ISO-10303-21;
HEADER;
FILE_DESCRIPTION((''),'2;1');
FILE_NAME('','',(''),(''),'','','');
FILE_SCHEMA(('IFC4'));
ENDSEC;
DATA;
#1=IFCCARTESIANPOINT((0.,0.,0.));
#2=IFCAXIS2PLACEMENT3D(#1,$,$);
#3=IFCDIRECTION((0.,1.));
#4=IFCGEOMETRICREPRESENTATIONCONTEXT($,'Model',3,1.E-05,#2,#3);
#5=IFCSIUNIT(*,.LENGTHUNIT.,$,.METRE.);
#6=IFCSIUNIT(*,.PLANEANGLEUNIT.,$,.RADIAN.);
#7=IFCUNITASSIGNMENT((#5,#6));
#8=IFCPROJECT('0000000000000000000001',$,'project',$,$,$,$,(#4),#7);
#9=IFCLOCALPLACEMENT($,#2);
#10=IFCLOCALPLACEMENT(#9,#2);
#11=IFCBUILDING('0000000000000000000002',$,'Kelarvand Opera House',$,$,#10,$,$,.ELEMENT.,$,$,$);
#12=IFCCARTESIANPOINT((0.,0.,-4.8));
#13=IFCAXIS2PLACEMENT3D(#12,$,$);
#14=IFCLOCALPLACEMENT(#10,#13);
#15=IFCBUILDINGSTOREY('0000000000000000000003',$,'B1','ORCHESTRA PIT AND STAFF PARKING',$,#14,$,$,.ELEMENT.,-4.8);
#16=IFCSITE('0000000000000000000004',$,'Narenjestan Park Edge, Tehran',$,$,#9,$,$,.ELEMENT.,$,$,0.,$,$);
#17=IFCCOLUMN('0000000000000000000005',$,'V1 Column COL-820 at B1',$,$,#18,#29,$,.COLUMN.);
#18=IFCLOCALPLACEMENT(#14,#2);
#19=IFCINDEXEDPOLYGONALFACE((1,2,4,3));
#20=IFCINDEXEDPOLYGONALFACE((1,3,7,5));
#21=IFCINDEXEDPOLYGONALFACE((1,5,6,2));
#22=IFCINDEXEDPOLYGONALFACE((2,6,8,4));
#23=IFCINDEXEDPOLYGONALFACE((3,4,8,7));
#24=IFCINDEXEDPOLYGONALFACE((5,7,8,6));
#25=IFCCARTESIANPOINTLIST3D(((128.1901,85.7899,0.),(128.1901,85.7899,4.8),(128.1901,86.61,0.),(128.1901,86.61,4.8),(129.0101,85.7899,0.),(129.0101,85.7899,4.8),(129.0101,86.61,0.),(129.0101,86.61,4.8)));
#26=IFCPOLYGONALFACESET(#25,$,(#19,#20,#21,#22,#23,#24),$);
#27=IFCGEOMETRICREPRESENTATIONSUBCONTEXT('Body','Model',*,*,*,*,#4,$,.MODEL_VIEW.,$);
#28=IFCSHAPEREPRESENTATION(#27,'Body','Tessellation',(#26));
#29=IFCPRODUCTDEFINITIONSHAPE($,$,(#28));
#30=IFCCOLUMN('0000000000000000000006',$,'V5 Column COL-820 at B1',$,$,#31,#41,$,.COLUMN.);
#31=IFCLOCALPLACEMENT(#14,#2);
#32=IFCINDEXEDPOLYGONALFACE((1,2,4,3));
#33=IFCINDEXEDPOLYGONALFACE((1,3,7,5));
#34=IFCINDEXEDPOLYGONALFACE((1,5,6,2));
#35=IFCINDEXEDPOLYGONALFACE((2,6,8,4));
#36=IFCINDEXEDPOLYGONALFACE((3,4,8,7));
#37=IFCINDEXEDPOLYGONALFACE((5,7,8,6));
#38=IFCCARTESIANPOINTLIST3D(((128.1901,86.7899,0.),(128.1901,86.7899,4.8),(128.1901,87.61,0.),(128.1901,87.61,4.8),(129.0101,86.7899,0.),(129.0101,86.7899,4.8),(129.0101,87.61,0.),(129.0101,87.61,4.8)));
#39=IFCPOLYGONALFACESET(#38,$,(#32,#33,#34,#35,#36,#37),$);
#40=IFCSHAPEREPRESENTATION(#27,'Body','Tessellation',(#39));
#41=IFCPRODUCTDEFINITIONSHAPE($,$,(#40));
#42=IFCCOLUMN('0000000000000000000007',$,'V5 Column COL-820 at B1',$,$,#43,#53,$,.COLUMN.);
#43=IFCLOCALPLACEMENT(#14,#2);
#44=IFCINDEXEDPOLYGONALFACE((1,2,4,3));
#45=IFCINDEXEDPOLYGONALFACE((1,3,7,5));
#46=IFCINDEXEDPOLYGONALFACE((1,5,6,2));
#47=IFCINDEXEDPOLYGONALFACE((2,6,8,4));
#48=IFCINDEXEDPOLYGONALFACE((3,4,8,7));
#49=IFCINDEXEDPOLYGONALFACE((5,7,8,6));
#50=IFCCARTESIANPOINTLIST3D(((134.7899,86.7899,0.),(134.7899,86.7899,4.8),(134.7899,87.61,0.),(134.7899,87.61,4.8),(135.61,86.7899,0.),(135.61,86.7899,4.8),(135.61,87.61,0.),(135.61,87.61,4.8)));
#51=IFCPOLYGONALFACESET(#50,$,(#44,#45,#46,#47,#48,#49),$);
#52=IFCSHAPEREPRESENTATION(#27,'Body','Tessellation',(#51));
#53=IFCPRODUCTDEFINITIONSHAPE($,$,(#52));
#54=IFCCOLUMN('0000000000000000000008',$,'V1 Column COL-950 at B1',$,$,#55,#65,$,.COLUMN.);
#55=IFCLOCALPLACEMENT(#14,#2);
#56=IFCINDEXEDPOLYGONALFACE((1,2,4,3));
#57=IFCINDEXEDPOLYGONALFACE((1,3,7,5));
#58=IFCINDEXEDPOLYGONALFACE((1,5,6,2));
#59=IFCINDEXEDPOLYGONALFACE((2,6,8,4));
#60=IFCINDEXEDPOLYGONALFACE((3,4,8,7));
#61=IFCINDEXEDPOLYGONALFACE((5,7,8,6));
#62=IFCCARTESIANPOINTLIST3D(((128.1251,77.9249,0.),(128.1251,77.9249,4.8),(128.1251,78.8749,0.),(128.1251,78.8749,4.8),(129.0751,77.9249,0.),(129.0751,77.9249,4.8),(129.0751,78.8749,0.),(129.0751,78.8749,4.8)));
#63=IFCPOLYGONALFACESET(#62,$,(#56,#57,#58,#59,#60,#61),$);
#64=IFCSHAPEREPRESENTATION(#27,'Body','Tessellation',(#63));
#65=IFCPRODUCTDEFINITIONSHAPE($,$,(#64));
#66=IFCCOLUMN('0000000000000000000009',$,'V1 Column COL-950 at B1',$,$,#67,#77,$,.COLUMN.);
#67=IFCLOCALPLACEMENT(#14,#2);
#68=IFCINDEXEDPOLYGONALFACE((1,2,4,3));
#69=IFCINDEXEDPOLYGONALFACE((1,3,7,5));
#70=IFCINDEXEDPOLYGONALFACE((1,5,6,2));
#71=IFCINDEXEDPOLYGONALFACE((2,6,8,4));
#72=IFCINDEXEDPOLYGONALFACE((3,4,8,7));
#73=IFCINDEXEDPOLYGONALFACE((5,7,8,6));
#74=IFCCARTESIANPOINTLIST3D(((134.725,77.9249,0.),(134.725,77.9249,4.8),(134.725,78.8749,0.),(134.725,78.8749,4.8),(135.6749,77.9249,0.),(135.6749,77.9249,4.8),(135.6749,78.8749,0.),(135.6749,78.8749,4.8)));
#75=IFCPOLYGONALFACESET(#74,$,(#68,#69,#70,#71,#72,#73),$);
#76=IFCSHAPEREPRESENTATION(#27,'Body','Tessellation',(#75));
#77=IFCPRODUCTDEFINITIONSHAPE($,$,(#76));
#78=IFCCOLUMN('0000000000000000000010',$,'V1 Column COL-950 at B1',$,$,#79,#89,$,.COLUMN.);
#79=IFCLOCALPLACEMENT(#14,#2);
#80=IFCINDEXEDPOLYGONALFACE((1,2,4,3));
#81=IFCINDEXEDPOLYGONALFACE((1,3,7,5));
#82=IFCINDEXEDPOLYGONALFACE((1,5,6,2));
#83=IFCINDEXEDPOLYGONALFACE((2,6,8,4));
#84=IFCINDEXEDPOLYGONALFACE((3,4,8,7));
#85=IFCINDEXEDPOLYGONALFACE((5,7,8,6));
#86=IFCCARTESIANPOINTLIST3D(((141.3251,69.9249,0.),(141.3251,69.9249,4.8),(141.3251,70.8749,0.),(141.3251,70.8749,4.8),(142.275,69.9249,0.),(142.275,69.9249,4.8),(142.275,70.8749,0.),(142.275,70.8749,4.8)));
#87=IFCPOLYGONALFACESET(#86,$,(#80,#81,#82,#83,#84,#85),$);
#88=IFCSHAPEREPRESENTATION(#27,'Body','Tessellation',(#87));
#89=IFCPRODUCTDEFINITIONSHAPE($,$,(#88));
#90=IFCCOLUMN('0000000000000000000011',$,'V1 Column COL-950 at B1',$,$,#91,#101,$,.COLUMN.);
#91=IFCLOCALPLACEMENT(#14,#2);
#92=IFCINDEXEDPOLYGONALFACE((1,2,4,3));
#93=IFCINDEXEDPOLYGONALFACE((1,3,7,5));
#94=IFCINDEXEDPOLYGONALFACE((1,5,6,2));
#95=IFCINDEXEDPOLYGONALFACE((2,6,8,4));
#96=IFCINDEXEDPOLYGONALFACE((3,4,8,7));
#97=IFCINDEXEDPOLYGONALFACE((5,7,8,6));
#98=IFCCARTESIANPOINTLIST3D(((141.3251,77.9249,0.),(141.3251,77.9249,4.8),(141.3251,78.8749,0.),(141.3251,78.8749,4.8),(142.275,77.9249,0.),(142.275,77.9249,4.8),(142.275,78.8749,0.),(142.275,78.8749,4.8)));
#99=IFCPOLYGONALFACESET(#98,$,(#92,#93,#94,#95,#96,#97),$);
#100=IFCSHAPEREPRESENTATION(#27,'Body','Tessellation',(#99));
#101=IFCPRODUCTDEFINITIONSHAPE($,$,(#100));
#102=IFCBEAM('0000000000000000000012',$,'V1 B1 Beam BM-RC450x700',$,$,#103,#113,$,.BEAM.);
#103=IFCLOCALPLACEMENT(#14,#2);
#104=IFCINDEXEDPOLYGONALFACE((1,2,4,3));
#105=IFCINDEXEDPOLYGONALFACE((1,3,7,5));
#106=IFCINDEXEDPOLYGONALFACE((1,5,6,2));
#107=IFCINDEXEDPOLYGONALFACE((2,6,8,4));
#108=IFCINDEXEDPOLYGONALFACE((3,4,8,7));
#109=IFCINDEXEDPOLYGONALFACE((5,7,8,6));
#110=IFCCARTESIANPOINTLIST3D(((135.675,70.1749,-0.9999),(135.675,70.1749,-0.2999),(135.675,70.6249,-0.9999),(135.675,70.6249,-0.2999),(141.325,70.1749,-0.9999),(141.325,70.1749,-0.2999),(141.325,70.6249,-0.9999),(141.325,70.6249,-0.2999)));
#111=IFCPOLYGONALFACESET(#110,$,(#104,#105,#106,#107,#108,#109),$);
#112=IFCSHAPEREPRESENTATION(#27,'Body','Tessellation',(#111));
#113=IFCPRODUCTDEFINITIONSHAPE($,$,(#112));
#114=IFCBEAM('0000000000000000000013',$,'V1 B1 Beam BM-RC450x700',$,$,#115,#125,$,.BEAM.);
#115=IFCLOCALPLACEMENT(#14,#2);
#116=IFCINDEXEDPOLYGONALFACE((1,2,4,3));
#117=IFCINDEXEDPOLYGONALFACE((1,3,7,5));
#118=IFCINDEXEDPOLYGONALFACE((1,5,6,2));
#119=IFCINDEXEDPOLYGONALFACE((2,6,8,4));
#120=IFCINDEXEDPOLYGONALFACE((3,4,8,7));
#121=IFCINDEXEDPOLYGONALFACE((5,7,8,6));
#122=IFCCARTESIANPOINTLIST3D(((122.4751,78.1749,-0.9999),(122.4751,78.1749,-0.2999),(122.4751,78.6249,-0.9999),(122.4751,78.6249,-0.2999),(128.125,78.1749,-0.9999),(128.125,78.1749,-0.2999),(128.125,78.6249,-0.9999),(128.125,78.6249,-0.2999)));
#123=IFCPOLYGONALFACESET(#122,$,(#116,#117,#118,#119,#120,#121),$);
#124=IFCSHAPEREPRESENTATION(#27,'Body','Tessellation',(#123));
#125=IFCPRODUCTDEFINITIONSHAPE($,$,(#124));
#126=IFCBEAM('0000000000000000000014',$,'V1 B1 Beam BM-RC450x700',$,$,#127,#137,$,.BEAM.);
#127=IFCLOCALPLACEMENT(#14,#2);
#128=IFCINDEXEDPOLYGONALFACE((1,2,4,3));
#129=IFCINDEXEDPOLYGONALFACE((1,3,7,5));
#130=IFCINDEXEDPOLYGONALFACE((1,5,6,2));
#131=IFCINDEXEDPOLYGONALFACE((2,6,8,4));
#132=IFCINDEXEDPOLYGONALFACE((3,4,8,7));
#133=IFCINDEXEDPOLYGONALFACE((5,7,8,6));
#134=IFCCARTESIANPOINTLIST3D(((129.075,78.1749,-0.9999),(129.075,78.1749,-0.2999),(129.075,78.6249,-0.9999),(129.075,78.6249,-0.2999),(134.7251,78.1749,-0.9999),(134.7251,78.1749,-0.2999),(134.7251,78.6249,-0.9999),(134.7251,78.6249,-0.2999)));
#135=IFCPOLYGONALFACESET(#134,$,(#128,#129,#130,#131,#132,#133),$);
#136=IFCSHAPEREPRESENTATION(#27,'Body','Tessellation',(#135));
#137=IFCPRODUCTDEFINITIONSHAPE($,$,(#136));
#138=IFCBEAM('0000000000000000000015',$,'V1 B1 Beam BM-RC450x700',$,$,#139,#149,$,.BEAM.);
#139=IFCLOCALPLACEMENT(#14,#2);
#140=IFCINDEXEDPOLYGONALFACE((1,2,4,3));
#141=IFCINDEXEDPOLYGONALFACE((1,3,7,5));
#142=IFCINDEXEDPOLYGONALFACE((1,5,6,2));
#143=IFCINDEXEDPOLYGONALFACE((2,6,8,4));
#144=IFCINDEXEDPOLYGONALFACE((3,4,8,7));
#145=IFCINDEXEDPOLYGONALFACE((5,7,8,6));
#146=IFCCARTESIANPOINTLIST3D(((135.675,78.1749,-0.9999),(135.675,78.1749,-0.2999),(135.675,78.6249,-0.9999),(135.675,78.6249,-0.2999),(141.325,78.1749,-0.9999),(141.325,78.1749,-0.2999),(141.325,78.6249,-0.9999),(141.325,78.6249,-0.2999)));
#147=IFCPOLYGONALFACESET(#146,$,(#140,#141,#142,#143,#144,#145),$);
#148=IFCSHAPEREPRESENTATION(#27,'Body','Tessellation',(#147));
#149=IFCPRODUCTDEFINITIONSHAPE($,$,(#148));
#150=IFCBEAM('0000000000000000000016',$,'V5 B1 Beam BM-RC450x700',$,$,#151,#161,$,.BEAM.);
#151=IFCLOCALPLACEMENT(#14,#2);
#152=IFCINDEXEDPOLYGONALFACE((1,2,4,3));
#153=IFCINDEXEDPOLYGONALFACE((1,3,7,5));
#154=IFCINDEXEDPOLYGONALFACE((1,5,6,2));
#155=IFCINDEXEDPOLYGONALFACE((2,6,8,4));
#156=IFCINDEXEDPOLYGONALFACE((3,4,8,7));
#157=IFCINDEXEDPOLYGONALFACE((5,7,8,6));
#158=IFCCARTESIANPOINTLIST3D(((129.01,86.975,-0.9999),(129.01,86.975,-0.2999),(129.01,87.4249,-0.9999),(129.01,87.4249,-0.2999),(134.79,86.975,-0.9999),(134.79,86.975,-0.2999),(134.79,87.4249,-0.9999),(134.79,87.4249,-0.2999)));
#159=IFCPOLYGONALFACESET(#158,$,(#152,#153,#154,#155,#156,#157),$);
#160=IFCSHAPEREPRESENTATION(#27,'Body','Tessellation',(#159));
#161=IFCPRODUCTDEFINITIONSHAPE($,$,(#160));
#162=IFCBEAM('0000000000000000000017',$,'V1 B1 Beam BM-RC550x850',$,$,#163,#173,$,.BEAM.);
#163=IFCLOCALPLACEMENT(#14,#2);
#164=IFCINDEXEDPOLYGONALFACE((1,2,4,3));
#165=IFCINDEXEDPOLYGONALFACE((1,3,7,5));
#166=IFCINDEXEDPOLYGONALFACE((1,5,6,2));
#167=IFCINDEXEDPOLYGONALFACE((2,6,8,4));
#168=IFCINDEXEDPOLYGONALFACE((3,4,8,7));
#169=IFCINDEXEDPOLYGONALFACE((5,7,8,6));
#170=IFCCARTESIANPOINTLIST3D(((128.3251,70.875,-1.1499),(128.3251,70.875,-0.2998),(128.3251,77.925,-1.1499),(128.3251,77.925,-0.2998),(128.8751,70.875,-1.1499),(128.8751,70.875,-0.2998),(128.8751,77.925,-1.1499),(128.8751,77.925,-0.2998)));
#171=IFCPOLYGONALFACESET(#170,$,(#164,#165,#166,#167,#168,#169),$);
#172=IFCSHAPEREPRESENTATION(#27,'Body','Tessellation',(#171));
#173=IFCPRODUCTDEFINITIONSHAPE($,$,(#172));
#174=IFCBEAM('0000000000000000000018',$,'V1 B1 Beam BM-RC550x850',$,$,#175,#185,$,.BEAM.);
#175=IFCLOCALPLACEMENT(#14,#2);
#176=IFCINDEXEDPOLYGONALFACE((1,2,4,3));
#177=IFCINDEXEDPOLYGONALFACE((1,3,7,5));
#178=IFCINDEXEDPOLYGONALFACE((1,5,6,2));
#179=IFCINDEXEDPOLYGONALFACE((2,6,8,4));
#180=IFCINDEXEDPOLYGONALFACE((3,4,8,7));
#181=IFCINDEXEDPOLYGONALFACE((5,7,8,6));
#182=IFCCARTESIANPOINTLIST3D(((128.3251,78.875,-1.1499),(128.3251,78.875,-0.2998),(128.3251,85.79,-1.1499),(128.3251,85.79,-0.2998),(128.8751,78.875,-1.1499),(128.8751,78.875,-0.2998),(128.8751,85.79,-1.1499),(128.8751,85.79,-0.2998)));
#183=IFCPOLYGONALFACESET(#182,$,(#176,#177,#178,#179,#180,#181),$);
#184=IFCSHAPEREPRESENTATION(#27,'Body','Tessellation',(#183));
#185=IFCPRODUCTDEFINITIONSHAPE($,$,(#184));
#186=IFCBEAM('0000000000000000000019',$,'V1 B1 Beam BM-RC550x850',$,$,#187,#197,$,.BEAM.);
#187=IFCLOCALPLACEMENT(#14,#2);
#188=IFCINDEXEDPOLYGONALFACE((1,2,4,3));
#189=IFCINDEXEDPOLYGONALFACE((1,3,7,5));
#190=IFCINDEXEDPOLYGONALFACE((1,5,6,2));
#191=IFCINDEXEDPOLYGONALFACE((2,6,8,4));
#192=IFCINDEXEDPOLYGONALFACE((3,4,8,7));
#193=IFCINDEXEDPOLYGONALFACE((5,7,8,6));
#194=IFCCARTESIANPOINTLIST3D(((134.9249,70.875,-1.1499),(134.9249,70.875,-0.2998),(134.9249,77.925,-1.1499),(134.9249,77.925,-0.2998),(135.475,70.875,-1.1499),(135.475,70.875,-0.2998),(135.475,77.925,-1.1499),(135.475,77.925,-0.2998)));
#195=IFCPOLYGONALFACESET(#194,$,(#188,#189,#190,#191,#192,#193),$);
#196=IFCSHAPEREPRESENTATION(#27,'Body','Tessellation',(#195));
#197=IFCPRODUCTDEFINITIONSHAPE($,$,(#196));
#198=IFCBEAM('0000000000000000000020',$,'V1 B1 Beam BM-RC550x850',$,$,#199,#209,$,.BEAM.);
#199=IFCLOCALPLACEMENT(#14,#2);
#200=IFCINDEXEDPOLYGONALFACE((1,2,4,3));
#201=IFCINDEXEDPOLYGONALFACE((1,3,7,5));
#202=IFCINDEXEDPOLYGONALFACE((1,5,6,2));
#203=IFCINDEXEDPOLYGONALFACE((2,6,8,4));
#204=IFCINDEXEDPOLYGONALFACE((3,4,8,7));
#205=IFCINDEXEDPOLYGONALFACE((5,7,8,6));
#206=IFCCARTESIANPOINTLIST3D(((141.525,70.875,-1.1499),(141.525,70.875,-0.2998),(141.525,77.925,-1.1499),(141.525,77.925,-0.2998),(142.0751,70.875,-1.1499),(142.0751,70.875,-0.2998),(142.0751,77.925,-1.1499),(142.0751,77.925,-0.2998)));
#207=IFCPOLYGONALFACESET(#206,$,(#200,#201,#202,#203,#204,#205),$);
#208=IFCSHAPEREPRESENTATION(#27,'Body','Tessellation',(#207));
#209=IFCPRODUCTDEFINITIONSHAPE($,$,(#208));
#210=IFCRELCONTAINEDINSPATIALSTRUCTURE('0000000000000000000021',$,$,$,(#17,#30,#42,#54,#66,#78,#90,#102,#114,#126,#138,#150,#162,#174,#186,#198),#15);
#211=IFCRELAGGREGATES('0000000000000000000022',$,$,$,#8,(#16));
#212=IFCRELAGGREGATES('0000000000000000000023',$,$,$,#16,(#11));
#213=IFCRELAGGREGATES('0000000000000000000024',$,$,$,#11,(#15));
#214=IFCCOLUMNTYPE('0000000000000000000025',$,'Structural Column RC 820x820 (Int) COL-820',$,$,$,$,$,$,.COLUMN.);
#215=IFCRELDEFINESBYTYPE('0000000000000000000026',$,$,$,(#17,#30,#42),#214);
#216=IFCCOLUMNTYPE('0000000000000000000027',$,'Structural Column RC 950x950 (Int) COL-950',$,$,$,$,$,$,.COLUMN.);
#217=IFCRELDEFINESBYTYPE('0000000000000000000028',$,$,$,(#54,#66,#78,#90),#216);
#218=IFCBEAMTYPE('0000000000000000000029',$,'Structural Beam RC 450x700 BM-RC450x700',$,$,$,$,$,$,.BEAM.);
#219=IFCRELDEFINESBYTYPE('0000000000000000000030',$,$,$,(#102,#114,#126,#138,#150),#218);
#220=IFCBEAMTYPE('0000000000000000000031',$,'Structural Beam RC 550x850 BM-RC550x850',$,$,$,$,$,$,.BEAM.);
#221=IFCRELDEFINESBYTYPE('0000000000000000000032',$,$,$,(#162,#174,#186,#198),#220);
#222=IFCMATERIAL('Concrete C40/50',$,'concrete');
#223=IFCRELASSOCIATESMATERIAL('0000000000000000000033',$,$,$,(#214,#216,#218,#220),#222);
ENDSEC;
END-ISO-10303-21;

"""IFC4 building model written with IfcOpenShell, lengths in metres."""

from ifc_helpers import new_model, si_unit, direction, frame, origin, origin_2d, place, context, subcontext, project, spatial, rectangle, extrude, material, material_profile, profile_set, type_object, element, save


model = new_model("IFC4")

# Units and contexts
model_context = context("Model", 3, precision=1e-05, world=origin(), true_north=direction((0.0, 1.0)))
body_context = subcontext(model_context, "Body", "Model", "MODEL_VIEW")
ifc_project = project(units=[si_unit("LENGTHUNIT", "METRE"), si_unit("PLANEANGLEUNIT", "RADIAN")], contexts=[model_context])

# Site, building, storey
site_placement = place(None, origin())
site = spatial("IfcSite", under=ifc_project, at=site_placement, Name="Narenjestan Park Edge, Tehran", CompositionType="ELEMENT", RefElevation=0.0)
building_placement = place(site_placement, origin())
building = spatial("IfcBuilding", under=site, at=building_placement, Name="Kelarvand Opera House", CompositionType="ELEMENT")
storey_placement = place(building_placement, frame((0.0, 0.0, -4.8)))
storey = spatial("IfcBuildingStorey", under=building, at=storey_placement, Name="B1", Description="ORCHESTRA PIT AND STAFF PARKING", CompositionType="ELEMENT", Elevation=-4.8)

# Columns
ifc_material_1 = material(Name="Concrete C40/50", Category="concrete")
ifc_material_profile_1 = material_profile(ifc_material_1, rectangle(XDim=0.8201, YDim=0.8201, at=origin_2d()), Name="RC 820x820", Category="concrete")
ifc_profile_set_1 = profile_set([ifc_material_profile_1], Name="Concrete C40/50")
column_type_1 = type_object("IfcColumnType", Name="Structural Column RC 820x820 (Int) COL-820", PredefinedType="COLUMN", material=ifc_profile_set_1)
for number, where, z_axis, x_axis, name in (
    (1, (128.6001, 86.2, 0.0), (0.0, 0.0, 1.0), (1.0, 0.0, 0.0), "V1 Column COL-820 at B1"),
    (2, (128.6001, 87.2, 0.0), (0.0, 0.0, 1.0), (1.0, 0.0, 0.0), "V5 Column COL-820 at B1"),
    (3, (135.2, 87.2, 0.0), (0.0, 0.0, 1.0), (1.0, 0.0, 0.0), "V5 Column COL-820 at B1"),
):
    element("IfcColumn", number, at=place(storey_placement, frame(where, z_axis=z_axis, x_axis=x_axis)), inside=storey, type_object=column_type_1, Name=name, PredefinedType="COLUMN", context=body_context, shape_type="SweptSolid", body=[
        extrude(rectangle(XDim=0.8201, YDim=0.8201, at=origin_2d()), origin(), (0.0, 0.0, 1.0), 4.8),
    ])
ifc_material_profile_2 = material_profile(ifc_material_1, rectangle(XDim=0.95, YDim=0.95, at=origin_2d()), Name="RC 950x950", Category="concrete")
ifc_profile_set_2 = profile_set([ifc_material_profile_2], Name="Concrete C40/50")
column_type_2 = type_object("IfcColumnType", Name="Structural Column RC 950x950 (Int) COL-950", PredefinedType="COLUMN", material=ifc_profile_set_2)
for number, where, z_axis, x_axis, name in (
    (4, (128.6001, 78.3999, 0.0), (0.0, 0.0, 1.0), (1.0, 0.0, 0.0), "V1 Column COL-950 at B1"),
    (5, (135.2, 78.3999, 0.0), (0.0, 0.0, 1.0), (1.0, 0.0, 0.0), "V1 Column COL-950 at B1"),
    (6, (141.8, 70.3999, 0.0), (0.0, 0.0, 1.0), (1.0, 0.0, 0.0), "V1 Column COL-950 at B1"),
    (7, (141.8, 78.3999, 0.0), (0.0, 0.0, 1.0), (1.0, 0.0, 0.0), "V1 Column COL-950 at B1"),
):
    element("IfcColumn", number, at=place(storey_placement, frame(where, z_axis=z_axis, x_axis=x_axis)), inside=storey, type_object=column_type_2, Name=name, PredefinedType="COLUMN", context=body_context, shape_type="SweptSolid", body=[
        extrude(rectangle(XDim=0.95, YDim=0.95, at=origin_2d()), origin(), (0.0, 0.0, 1.0), 4.8),
    ])

# Beams
ifc_material_profile_3 = material_profile(ifc_material_1, rectangle(XDim=0.45, YDim=0.7, at=origin_2d()), Name="RC 450x700", Category="concrete")
ifc_profile_set_3 = profile_set([ifc_material_profile_3], Name="Concrete C40/50")
beam_type_1 = type_object("IfcBeamType", Name="Structural Beam RC 450x700 BM-RC450x700", PredefinedType="BEAM", material=ifc_profile_set_3)
for number, where, z_axis, x_axis, name in (
    (8, (135.675, 70.3999, -0.6499), (1.0, 0.0, 0.0), (0.0, 1.0, 0.0), "V1 B1 Beam BM-RC450x700"),
    (9, (122.4751, 78.3999, -0.6499), (1.0, 0.0, 0.0), (0.0, 1.0, 0.0), "V1 B1 Beam BM-RC450x700"),
):
    element("IfcBeam", number, at=place(storey_placement, frame(where, z_axis=z_axis, x_axis=x_axis)), inside=storey, type_object=beam_type_1, Name=name, PredefinedType="BEAM", context=body_context, shape_type="SweptSolid", body=[
        extrude(rectangle(XDim=0.45, YDim=0.7, at=origin_2d()), origin(), (0.0, 0.0, 1.0), 5.6499),
    ])
beam_1_placement = place(storey_placement, frame((129.075, 78.3999, -0.6499), z_axis=(1.0, 0.0, 0.0), x_axis=(0.0, 1.0, 0.0)))
element("IfcBeam", 10, at=beam_1_placement, inside=storey, type_object=beam_type_1, Name="V1 B1 Beam BM-RC450x700", PredefinedType="BEAM", context=body_context, shape_type="SweptSolid", body=[
    extrude(rectangle(XDim=0.45, YDim=0.7, at=origin_2d()), origin(), (0.0, 0.0, 1.0), 5.6501),
])
beam_2_placement = place(storey_placement, frame((135.675, 78.3999, -0.6499), z_axis=(1.0, 0.0, 0.0), x_axis=(0.0, 1.0, 0.0)))
element("IfcBeam", 11, at=beam_2_placement, inside=storey, type_object=beam_type_1, Name="V1 B1 Beam BM-RC450x700", PredefinedType="BEAM", context=body_context, shape_type="SweptSolid", body=[
    extrude(rectangle(XDim=0.45, YDim=0.7, at=origin_2d()), origin(), (0.0, 0.0, 1.0), 5.6499),
])
beam_3_placement = place(storey_placement, frame((129.01, 87.2, -0.6499), z_axis=(1.0, 0.0, 0.0), x_axis=(0.0, 1.0, 0.0)))
element("IfcBeam", 12, at=beam_3_placement, inside=storey, type_object=beam_type_1, Name="V5 B1 Beam BM-RC450x700", PredefinedType="BEAM", context=body_context, shape_type="SweptSolid", body=[
    extrude(rectangle(XDim=0.45, YDim=0.7, at=origin_2d()), origin(), (0.0, 0.0, 1.0), 5.78),
])
ifc_material_profile_4 = material_profile(ifc_material_1, rectangle(XDim=0.55, YDim=0.8501, at=origin_2d()), Name="RC 550x850", Category="concrete")
ifc_profile_set_4 = profile_set([ifc_material_profile_4], Name="Concrete C40/50")
beam_type_2 = type_object("IfcBeamType", Name="Structural Beam RC 550x850 BM-RC550x850", PredefinedType="BEAM", material=ifc_profile_set_4)
beam_4_placement = place(storey_placement, frame((128.6001, 70.875, -0.7249), z_axis=(0.0, 1.0, 0.0), x_axis=(-1.0, 0.0, 0.0)))
element("IfcBeam", 13, at=beam_4_placement, inside=storey, type_object=beam_type_2, Name="V1 B1 Beam BM-RC550x850", PredefinedType="BEAM", context=body_context, shape_type="SweptSolid", body=[
    extrude(rectangle(XDim=0.55, YDim=0.8501, at=origin_2d()), origin(), (0.0, 0.0, 1.0), 7.05),
])
beam_5_placement = place(storey_placement, frame((128.6001, 78.875, -0.7249), z_axis=(0.0, 1.0, 0.0), x_axis=(-1.0, 0.0, 0.0)))
element("IfcBeam", 14, at=beam_5_placement, inside=storey, type_object=beam_type_2, Name="V1 B1 Beam BM-RC550x850", PredefinedType="BEAM", context=body_context, shape_type="SweptSolid", body=[
    extrude(rectangle(XDim=0.55, YDim=0.8501, at=origin_2d()), origin(), (0.0, 0.0, 1.0), 6.915),
])
for number, where, z_axis, x_axis, name in (
    (15, (135.2, 70.875, -0.7249), (0.0, 1.0, 0.0), (-1.0, 0.0, 0.0), "V1 B1 Beam BM-RC550x850"),
    (16, (141.8, 70.875, -0.7249), (0.0, 1.0, 0.0), (-1.0, 0.0, 0.0), "V1 B1 Beam BM-RC550x850"),
):
    element("IfcBeam", number, at=place(storey_placement, frame(where, z_axis=z_axis, x_axis=x_axis)), inside=storey, type_object=beam_type_2, Name=name, PredefinedType="BEAM", context=body_context, shape_type="SweptSolid", body=[
        extrude(rectangle(XDim=0.55, YDim=0.8501, at=origin_2d()), origin(), (0.0, 0.0, 1.0), 7.05),
    ])

save(model, "model.ifc")
